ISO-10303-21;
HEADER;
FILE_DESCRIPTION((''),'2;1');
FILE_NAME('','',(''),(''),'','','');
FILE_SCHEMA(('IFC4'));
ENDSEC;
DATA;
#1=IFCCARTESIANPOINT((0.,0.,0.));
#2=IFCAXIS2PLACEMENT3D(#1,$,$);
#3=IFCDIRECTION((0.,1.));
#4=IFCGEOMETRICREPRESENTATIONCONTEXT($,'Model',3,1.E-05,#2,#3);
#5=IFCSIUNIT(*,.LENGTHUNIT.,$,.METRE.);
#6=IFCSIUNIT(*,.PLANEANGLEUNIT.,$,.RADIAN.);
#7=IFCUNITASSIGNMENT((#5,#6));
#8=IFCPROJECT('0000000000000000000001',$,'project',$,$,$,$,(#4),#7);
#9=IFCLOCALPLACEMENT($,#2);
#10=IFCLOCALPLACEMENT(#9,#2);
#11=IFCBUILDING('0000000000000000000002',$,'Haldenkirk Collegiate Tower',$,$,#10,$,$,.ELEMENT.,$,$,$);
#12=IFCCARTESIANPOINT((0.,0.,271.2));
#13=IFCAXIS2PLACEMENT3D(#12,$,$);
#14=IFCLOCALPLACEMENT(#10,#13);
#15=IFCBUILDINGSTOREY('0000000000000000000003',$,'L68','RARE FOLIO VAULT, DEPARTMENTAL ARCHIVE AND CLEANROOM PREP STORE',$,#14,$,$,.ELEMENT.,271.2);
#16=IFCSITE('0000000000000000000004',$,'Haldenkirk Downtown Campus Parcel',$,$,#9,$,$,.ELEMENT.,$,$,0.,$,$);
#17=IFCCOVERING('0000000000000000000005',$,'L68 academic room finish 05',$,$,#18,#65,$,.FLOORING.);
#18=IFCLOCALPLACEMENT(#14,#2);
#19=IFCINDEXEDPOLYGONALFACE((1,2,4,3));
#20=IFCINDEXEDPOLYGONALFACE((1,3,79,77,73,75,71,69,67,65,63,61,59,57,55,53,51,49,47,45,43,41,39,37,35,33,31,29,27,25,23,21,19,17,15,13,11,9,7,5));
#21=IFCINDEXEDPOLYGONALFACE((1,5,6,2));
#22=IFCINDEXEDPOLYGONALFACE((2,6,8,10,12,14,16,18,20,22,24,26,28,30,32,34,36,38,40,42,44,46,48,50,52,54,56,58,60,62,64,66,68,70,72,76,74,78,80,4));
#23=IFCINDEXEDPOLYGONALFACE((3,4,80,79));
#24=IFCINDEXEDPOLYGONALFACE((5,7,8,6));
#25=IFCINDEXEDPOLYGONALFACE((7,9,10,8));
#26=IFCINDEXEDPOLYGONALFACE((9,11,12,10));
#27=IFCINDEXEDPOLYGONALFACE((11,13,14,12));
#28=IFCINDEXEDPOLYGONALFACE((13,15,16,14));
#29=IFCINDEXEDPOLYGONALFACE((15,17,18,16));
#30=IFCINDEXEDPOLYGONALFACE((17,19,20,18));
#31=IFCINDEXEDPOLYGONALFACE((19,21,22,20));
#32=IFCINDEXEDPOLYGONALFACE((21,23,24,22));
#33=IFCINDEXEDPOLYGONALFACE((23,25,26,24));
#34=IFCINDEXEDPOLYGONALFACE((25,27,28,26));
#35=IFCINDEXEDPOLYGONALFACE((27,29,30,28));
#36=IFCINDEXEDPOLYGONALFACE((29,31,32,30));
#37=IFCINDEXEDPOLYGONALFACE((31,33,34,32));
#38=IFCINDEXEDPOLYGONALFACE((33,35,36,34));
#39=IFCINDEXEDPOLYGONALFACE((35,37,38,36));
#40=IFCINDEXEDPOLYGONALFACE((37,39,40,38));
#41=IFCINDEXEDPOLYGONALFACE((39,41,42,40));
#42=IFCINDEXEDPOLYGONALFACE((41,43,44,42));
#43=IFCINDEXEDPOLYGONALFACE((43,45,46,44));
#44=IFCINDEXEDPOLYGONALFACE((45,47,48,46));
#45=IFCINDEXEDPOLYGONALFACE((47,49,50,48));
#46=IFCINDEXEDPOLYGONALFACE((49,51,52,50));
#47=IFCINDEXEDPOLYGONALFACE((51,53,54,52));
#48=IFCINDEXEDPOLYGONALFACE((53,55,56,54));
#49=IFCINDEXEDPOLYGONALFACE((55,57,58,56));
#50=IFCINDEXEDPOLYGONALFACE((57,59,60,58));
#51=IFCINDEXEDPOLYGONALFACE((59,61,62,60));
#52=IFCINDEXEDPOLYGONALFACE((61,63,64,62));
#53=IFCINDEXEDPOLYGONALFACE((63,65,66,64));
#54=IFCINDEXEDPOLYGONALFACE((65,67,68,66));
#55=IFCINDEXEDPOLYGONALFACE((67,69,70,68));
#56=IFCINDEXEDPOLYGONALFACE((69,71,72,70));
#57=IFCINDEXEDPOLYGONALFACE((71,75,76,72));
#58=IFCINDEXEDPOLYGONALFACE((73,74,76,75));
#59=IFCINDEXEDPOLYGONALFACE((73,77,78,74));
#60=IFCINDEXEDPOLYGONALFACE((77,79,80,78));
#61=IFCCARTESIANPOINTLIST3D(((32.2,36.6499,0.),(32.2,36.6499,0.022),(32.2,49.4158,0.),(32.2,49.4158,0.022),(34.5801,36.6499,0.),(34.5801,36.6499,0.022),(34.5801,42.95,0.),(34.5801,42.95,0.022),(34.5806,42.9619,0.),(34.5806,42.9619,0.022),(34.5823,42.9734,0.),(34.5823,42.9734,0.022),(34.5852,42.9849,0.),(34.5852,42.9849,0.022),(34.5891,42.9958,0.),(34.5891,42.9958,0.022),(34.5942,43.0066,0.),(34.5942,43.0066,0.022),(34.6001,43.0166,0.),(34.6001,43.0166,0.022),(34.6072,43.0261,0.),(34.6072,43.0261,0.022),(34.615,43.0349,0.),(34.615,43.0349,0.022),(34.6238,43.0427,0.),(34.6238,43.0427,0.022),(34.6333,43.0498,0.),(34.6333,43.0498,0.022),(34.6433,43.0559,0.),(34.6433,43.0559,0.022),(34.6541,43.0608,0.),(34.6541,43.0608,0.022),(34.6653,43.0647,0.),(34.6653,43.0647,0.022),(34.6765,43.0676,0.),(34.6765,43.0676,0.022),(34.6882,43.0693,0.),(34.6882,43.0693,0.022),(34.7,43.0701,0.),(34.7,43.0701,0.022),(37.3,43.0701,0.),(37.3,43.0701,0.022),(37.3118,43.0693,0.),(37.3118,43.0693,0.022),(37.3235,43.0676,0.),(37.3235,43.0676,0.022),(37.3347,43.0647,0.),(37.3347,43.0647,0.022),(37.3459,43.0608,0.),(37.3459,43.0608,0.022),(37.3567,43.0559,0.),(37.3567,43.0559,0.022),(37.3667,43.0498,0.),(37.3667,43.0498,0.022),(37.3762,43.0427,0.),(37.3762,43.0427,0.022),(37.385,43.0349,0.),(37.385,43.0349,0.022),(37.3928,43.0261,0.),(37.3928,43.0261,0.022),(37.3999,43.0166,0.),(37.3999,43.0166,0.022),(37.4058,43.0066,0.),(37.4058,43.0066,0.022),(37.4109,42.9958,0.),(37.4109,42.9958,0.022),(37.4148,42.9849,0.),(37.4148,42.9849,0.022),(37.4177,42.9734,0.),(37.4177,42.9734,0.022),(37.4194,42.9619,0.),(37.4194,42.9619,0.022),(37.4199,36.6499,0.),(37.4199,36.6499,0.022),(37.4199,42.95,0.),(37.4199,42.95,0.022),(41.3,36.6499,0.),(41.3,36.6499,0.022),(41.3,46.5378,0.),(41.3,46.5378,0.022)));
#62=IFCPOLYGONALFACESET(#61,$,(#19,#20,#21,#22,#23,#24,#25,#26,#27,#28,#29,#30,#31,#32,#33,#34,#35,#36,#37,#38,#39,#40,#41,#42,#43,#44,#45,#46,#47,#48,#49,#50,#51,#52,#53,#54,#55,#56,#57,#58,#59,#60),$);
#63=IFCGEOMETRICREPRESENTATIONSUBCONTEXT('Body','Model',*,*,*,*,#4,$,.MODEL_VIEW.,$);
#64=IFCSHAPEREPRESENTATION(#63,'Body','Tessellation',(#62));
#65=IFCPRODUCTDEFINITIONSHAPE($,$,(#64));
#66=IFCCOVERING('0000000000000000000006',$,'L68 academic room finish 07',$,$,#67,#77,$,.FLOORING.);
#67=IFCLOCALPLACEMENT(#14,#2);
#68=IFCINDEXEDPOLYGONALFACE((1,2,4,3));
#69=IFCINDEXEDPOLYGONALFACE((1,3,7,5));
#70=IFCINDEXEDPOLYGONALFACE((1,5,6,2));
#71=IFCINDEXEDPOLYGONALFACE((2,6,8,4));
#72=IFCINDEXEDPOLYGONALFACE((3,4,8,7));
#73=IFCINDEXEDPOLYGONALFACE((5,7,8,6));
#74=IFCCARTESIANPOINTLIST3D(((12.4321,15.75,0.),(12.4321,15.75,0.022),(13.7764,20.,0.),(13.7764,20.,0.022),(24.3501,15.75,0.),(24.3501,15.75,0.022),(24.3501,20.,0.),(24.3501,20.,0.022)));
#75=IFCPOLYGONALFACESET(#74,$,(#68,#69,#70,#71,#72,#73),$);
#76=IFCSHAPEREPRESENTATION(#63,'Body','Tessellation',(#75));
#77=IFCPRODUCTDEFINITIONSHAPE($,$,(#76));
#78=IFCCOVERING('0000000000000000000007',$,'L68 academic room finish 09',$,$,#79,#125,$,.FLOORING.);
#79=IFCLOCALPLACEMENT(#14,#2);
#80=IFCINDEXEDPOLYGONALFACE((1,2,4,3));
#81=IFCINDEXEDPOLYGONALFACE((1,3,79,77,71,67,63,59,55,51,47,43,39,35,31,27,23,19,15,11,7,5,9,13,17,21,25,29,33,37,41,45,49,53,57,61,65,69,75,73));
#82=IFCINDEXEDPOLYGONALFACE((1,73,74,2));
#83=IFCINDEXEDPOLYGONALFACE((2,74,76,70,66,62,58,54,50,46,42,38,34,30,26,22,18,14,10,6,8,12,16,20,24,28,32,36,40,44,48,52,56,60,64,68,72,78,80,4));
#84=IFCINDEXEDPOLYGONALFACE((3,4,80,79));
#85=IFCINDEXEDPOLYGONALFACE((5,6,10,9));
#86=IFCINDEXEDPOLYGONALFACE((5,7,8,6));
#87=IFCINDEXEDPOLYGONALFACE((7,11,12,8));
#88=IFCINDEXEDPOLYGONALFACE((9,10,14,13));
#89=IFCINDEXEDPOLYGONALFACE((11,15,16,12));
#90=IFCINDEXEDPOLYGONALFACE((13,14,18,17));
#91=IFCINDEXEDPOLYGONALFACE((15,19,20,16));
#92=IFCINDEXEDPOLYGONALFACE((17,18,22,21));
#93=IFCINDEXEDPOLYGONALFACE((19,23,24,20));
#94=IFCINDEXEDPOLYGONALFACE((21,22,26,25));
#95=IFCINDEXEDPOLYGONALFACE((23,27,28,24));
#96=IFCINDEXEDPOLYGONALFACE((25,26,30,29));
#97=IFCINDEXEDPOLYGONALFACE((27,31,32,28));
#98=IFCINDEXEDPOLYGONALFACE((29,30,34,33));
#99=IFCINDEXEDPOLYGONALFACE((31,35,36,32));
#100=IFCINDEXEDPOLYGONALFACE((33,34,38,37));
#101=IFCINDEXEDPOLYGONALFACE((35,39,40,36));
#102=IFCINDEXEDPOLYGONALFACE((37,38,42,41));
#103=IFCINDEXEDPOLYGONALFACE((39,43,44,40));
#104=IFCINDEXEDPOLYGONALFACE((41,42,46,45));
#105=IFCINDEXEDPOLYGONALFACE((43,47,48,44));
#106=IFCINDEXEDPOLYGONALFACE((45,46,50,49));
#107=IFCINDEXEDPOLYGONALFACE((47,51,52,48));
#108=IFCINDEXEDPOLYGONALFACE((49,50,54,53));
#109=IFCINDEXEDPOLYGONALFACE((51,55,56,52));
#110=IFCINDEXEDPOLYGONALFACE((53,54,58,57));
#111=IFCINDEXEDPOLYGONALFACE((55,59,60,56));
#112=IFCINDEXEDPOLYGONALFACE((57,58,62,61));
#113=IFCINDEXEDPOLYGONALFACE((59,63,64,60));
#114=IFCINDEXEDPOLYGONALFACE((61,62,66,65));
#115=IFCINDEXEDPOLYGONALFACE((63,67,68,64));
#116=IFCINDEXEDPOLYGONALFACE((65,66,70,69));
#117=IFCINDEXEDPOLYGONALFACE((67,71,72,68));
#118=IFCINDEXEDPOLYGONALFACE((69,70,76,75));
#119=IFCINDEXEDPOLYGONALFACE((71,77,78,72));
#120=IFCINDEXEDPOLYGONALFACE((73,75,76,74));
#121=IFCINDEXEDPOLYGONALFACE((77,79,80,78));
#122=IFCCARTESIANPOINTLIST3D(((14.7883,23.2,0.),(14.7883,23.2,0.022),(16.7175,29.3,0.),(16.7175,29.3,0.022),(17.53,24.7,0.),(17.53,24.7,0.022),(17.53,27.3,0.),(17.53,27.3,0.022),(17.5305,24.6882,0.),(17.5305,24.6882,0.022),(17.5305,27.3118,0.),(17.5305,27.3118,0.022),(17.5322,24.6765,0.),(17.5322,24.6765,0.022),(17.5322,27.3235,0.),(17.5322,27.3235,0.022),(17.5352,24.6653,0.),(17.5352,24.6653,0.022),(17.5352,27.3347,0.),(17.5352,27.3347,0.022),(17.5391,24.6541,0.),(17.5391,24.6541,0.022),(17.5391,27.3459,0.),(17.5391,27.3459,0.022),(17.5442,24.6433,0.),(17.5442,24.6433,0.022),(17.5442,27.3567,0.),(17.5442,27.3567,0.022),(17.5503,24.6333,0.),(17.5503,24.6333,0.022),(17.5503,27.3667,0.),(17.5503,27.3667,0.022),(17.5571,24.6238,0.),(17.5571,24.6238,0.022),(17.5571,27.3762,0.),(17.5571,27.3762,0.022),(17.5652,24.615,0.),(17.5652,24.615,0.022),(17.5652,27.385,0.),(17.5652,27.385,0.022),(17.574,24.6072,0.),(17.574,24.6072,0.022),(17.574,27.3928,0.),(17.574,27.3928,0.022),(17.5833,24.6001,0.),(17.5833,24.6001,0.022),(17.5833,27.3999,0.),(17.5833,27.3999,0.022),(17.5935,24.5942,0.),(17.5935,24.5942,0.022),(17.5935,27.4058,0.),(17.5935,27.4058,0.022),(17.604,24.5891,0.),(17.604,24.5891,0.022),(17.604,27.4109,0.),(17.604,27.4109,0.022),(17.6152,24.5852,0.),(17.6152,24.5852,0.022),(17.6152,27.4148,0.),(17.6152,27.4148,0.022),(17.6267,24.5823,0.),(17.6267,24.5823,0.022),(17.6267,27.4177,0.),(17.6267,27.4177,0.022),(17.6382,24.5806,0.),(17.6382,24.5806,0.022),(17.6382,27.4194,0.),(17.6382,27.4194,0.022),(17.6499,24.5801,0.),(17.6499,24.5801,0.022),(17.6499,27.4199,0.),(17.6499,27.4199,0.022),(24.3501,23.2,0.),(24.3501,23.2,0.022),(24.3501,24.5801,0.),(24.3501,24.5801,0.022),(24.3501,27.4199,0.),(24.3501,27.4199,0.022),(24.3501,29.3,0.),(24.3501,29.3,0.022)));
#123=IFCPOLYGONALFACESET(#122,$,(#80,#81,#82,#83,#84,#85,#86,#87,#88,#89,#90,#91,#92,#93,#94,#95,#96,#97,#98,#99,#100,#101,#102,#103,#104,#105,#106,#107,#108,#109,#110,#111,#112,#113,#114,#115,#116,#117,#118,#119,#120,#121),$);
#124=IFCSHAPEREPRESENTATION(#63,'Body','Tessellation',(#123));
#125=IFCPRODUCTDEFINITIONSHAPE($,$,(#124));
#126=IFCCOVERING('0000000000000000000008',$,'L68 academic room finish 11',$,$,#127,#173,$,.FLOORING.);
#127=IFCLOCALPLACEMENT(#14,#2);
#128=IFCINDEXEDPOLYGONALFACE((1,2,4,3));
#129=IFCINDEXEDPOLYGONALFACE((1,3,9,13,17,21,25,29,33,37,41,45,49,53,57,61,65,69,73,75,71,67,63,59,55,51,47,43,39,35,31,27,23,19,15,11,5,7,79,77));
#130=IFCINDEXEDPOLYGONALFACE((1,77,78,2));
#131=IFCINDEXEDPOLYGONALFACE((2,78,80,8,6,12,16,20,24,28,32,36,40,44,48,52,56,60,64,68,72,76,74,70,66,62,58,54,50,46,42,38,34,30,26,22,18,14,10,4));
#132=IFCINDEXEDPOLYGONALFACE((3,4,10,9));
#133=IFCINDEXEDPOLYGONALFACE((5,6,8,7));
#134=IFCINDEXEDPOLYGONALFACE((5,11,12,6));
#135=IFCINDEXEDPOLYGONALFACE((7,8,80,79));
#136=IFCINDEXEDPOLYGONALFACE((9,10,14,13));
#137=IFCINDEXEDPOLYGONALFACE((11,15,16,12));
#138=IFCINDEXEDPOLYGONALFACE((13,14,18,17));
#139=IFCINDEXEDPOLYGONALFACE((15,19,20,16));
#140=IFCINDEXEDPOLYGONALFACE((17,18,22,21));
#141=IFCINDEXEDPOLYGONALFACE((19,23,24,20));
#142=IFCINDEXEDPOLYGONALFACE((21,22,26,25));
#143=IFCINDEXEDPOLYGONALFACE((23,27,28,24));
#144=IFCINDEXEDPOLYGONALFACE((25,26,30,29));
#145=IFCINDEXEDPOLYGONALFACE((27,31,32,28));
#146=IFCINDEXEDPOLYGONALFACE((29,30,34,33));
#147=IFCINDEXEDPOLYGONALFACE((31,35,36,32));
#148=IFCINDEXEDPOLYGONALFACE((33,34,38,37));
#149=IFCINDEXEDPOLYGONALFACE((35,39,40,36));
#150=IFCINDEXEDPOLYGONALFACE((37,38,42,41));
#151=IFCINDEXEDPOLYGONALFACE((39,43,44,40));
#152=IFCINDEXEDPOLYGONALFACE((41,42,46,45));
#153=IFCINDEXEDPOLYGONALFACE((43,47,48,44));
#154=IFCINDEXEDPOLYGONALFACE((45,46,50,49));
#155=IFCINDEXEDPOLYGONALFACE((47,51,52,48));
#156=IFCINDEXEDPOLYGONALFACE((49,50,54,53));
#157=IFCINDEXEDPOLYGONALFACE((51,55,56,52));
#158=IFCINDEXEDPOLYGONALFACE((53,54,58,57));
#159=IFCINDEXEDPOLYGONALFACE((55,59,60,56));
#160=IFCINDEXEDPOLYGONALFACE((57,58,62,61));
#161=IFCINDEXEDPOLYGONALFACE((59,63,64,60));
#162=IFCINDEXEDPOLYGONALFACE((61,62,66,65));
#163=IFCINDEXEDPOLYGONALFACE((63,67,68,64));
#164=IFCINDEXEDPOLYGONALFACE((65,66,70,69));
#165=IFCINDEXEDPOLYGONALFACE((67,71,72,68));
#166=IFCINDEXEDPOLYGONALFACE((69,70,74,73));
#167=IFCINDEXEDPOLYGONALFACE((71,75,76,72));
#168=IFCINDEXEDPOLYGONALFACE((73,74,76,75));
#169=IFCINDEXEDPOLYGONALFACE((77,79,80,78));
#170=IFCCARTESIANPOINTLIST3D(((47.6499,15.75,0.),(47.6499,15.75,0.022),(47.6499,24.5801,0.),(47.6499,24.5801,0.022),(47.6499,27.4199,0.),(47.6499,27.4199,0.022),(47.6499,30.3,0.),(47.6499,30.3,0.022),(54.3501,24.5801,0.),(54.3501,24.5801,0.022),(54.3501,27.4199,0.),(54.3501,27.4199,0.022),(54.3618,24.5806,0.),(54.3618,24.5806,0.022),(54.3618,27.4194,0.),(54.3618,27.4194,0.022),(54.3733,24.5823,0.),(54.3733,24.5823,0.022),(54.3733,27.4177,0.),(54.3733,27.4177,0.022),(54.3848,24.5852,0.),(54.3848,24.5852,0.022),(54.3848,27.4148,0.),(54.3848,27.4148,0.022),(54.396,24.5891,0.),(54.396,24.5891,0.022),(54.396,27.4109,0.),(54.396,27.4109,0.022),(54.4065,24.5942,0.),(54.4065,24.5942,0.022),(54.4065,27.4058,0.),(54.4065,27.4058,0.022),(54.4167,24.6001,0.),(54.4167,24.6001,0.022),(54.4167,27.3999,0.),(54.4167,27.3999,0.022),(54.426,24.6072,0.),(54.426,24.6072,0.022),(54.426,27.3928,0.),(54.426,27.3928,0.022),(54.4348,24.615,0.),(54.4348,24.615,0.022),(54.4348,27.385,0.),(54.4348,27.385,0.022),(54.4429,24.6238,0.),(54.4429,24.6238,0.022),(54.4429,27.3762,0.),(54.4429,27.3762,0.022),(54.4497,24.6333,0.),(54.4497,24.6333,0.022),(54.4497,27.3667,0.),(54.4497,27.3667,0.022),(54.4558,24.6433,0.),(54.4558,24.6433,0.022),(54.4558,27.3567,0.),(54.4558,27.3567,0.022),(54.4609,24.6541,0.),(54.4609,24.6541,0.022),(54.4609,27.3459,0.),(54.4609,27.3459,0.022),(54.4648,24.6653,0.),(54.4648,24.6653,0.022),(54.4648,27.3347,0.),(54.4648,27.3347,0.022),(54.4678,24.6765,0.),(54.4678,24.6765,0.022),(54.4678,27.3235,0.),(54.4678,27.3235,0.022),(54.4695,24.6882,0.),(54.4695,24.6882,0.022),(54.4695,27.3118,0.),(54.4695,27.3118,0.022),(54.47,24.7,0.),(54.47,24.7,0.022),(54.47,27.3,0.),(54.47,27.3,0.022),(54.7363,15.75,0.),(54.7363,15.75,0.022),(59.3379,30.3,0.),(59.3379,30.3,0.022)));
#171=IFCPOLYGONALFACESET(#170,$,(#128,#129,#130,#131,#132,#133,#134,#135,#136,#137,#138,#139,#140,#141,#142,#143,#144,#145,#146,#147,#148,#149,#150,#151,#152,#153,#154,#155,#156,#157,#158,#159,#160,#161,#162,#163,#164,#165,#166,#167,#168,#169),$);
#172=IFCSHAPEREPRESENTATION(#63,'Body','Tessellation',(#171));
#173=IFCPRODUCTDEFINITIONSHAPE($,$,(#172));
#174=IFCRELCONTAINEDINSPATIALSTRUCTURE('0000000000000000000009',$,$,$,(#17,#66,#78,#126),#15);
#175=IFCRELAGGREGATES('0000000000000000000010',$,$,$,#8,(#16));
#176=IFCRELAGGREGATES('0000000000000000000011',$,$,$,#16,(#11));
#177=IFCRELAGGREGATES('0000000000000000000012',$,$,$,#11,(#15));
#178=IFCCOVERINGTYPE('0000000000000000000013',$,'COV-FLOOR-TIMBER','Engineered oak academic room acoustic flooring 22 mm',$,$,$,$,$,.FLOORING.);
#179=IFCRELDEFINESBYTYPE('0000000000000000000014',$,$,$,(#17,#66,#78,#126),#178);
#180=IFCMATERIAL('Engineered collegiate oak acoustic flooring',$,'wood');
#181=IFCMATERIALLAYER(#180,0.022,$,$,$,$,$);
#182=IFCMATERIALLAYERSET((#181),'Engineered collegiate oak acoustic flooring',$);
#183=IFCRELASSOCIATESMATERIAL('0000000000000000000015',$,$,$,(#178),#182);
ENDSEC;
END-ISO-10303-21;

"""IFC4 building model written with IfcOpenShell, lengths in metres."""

from ifc_helpers import new_model, si_unit, direction, frame, origin, place, context, subcontext, project, spatial, polyline, outline, extrude, material, layer, layer_set, type_object, element, save


model = new_model("IFC4")

# Units and contexts
model_context = context("Model", 3, precision=1e-05, world=origin(), true_north=direction((0.0, 1.0)))
body_context = subcontext(model_context, "Body", "Model", "MODEL_VIEW")
ifc_project = project(units=[si_unit("LENGTHUNIT", "METRE"), si_unit("PLANEANGLEUNIT", "RADIAN")], contexts=[model_context])

# Site, building, storey
site_placement = place(None, origin())
site = spatial("IfcSite", under=ifc_project, at=site_placement, Name="Haldenkirk Downtown Campus Parcel", CompositionType="ELEMENT", RefElevation=0.0)
building_placement = place(site_placement, origin())
building = spatial("IfcBuilding", under=site, at=building_placement, Name="Haldenkirk Collegiate Tower", CompositionType="ELEMENT")
storey_placement = place(building_placement, frame((0.0, 0.0, 271.2)))
storey = spatial("IfcBuildingStorey", under=building, at=storey_placement, Name="L68", Description="RARE FOLIO VAULT, DEPARTMENTAL ARCHIVE AND CLEANROOM PREP STORE", CompositionType="ELEMENT", Elevation=271.2)

# Coverings
ifc_material_1 = material(Name="Engineered collegiate oak acoustic flooring", Category="wood")
ifc_layer_1 = layer(ifc_material_1, 0.022)
ifc_layer_set_1 = layer_set([ifc_layer_1], Name="Engineered collegiate oak acoustic flooring")
covering_type_1 = type_object("IfcCoveringType", Name="COV-FLOOR-TIMBER", Description="Engineered oak academic room acoustic flooring 22 mm", PredefinedType="FLOORING", material=ifc_layer_set_1)
covering_1_placement = place(storey_placement, origin())
element("IfcCovering", 1, at=covering_1_placement, inside=storey, type_object=covering_type_1, Name="L68 academic room finish 05", PredefinedType="FLOORING", context=body_context, shape_type="SweptSolid", body=[
    extrude(outline(polyline([(41.3, 46.5378), (41.3, 36.6499), (37.4199, 36.6499), (37.4199, 42.95), (37.4194, 42.9619), (37.4177, 42.9734), (37.4148, 42.9849), (37.4109, 42.9958), (37.4058, 43.0066), (37.3999, 43.0166), (37.3928, 43.0261), (37.385, 43.0349), (37.3762, 43.0427), (37.3667, 43.0498), (37.3567, 43.0559), (37.3459, 43.0608), (37.3347, 43.0647), (37.3235, 43.0676), (37.3118, 43.0693), (37.3, 43.0701), (34.7, 43.0701), (34.6882, 43.0693), (34.6765, 43.0676), (34.6653, 43.0647), (34.6541, 43.0608), (34.6433, 43.0559), (34.6333, 43.0498), (34.6238, 43.0427), (34.615, 43.0349), (34.6072, 43.0261), (34.6001, 43.0166), (34.5942, 43.0066), (34.5891, 42.9958), (34.5852, 42.9849), (34.5823, 42.9734), (34.5806, 42.9619), (34.5801, 42.95), (34.5801, 36.6499), (32.2, 36.6499), (32.2, 49.4158), (41.3, 46.5378)])), origin(), (0.0, 0.0, 1.0), 0.022),
])
covering_2_placement = place(storey_placement, origin())
element("IfcCovering", 2, at=covering_2_placement, inside=storey, type_object=covering_type_1, Name="L68 academic room finish 07", PredefinedType="FLOORING", context=body_context, shape_type="SweptSolid", body=[
    extrude(outline(polyline([(13.7764, 20.0), (24.3501, 20.0), (24.3501, 15.75), (12.4321, 15.75), (13.7764, 20.0)])), origin(), (0.0, 0.0, 1.0), 0.022),
])
covering_3_placement = place(storey_placement, origin())
element("IfcCovering", 3, at=covering_3_placement, inside=storey, type_object=covering_type_1, Name="L68 academic room finish 09", PredefinedType="FLOORING", context=body_context, shape_type="SweptSolid", body=[
    extrude(outline(polyline([(17.6499, 27.4199), (17.6382, 27.4194), (17.6267, 27.4177), (17.6152, 27.4148), (17.604, 27.4109), (17.5935, 27.4058), (17.5833, 27.3999), (17.574, 27.3928), (17.5652, 27.385), (17.5571, 27.3762), (17.5503, 27.3667), (17.5442, 27.3567), (17.5391, 27.3459), (17.5352, 27.3347), (17.5322, 27.3235), (17.5305, 27.3118), (17.53, 27.3), (17.53, 24.7), (17.5305, 24.6882), (17.5322, 24.6765), (17.5352, 24.6653), (17.5391, 24.6541), (17.5442, 24.6433), (17.5503, 24.6333), (17.5571, 24.6238), (17.5652, 24.615), (17.574, 24.6072), (17.5833, 24.6001), (17.5935, 24.5942), (17.604, 24.5891), (17.6152, 24.5852), (17.6267, 24.5823), (17.6382, 24.5806), (17.6499, 24.5801), (24.3501, 24.5801), (24.3501, 23.2), (14.7883, 23.2), (16.7175, 29.3), (24.3501, 29.3), (24.3501, 27.4199), (17.6499, 27.4199)])), origin(), (0.0, 0.0, 1.0), 0.022),
])
covering_4_placement = place(storey_placement, origin())
element("IfcCovering", 4, at=covering_4_placement, inside=storey, type_object=covering_type_1, Name="L68 academic room finish 11", PredefinedType="FLOORING", context=body_context, shape_type="SweptSolid", body=[
    extrude(outline(polyline([(54.7363, 15.75), (47.6499, 15.75), (47.6499, 24.5801), (54.3501, 24.5801), (54.3618, 24.5806), (54.3733, 24.5823), (54.3848, 24.5852), (54.396, 24.5891), (54.4065, 24.5942), (54.4167, 24.6001), (54.426, 24.6072), (54.4348, 24.615), (54.4429, 24.6238), (54.4497, 24.6333), (54.4558, 24.6433), (54.4609, 24.6541), (54.4648, 24.6653), (54.4678, 24.6765), (54.4695, 24.6882), (54.47, 24.7), (54.47, 27.3), (54.4695, 27.3118), (54.4678, 27.3235), (54.4648, 27.3347), (54.4609, 27.3459), (54.4558, 27.3567), (54.4497, 27.3667), (54.4429, 27.3762), (54.4348, 27.385), (54.426, 27.3928), (54.4167, 27.3999), (54.4065, 27.4058), (54.396, 27.4109), (54.3848, 27.4148), (54.3733, 27.4177), (54.3618, 27.4194), (54.3501, 27.4199), (47.6499, 27.4199), (47.6499, 30.3), (59.3379, 30.3), (54.7363, 15.75)])), origin(), (0.0, 0.0, 1.0), 0.022),
])

save(model, "model.ifc")
